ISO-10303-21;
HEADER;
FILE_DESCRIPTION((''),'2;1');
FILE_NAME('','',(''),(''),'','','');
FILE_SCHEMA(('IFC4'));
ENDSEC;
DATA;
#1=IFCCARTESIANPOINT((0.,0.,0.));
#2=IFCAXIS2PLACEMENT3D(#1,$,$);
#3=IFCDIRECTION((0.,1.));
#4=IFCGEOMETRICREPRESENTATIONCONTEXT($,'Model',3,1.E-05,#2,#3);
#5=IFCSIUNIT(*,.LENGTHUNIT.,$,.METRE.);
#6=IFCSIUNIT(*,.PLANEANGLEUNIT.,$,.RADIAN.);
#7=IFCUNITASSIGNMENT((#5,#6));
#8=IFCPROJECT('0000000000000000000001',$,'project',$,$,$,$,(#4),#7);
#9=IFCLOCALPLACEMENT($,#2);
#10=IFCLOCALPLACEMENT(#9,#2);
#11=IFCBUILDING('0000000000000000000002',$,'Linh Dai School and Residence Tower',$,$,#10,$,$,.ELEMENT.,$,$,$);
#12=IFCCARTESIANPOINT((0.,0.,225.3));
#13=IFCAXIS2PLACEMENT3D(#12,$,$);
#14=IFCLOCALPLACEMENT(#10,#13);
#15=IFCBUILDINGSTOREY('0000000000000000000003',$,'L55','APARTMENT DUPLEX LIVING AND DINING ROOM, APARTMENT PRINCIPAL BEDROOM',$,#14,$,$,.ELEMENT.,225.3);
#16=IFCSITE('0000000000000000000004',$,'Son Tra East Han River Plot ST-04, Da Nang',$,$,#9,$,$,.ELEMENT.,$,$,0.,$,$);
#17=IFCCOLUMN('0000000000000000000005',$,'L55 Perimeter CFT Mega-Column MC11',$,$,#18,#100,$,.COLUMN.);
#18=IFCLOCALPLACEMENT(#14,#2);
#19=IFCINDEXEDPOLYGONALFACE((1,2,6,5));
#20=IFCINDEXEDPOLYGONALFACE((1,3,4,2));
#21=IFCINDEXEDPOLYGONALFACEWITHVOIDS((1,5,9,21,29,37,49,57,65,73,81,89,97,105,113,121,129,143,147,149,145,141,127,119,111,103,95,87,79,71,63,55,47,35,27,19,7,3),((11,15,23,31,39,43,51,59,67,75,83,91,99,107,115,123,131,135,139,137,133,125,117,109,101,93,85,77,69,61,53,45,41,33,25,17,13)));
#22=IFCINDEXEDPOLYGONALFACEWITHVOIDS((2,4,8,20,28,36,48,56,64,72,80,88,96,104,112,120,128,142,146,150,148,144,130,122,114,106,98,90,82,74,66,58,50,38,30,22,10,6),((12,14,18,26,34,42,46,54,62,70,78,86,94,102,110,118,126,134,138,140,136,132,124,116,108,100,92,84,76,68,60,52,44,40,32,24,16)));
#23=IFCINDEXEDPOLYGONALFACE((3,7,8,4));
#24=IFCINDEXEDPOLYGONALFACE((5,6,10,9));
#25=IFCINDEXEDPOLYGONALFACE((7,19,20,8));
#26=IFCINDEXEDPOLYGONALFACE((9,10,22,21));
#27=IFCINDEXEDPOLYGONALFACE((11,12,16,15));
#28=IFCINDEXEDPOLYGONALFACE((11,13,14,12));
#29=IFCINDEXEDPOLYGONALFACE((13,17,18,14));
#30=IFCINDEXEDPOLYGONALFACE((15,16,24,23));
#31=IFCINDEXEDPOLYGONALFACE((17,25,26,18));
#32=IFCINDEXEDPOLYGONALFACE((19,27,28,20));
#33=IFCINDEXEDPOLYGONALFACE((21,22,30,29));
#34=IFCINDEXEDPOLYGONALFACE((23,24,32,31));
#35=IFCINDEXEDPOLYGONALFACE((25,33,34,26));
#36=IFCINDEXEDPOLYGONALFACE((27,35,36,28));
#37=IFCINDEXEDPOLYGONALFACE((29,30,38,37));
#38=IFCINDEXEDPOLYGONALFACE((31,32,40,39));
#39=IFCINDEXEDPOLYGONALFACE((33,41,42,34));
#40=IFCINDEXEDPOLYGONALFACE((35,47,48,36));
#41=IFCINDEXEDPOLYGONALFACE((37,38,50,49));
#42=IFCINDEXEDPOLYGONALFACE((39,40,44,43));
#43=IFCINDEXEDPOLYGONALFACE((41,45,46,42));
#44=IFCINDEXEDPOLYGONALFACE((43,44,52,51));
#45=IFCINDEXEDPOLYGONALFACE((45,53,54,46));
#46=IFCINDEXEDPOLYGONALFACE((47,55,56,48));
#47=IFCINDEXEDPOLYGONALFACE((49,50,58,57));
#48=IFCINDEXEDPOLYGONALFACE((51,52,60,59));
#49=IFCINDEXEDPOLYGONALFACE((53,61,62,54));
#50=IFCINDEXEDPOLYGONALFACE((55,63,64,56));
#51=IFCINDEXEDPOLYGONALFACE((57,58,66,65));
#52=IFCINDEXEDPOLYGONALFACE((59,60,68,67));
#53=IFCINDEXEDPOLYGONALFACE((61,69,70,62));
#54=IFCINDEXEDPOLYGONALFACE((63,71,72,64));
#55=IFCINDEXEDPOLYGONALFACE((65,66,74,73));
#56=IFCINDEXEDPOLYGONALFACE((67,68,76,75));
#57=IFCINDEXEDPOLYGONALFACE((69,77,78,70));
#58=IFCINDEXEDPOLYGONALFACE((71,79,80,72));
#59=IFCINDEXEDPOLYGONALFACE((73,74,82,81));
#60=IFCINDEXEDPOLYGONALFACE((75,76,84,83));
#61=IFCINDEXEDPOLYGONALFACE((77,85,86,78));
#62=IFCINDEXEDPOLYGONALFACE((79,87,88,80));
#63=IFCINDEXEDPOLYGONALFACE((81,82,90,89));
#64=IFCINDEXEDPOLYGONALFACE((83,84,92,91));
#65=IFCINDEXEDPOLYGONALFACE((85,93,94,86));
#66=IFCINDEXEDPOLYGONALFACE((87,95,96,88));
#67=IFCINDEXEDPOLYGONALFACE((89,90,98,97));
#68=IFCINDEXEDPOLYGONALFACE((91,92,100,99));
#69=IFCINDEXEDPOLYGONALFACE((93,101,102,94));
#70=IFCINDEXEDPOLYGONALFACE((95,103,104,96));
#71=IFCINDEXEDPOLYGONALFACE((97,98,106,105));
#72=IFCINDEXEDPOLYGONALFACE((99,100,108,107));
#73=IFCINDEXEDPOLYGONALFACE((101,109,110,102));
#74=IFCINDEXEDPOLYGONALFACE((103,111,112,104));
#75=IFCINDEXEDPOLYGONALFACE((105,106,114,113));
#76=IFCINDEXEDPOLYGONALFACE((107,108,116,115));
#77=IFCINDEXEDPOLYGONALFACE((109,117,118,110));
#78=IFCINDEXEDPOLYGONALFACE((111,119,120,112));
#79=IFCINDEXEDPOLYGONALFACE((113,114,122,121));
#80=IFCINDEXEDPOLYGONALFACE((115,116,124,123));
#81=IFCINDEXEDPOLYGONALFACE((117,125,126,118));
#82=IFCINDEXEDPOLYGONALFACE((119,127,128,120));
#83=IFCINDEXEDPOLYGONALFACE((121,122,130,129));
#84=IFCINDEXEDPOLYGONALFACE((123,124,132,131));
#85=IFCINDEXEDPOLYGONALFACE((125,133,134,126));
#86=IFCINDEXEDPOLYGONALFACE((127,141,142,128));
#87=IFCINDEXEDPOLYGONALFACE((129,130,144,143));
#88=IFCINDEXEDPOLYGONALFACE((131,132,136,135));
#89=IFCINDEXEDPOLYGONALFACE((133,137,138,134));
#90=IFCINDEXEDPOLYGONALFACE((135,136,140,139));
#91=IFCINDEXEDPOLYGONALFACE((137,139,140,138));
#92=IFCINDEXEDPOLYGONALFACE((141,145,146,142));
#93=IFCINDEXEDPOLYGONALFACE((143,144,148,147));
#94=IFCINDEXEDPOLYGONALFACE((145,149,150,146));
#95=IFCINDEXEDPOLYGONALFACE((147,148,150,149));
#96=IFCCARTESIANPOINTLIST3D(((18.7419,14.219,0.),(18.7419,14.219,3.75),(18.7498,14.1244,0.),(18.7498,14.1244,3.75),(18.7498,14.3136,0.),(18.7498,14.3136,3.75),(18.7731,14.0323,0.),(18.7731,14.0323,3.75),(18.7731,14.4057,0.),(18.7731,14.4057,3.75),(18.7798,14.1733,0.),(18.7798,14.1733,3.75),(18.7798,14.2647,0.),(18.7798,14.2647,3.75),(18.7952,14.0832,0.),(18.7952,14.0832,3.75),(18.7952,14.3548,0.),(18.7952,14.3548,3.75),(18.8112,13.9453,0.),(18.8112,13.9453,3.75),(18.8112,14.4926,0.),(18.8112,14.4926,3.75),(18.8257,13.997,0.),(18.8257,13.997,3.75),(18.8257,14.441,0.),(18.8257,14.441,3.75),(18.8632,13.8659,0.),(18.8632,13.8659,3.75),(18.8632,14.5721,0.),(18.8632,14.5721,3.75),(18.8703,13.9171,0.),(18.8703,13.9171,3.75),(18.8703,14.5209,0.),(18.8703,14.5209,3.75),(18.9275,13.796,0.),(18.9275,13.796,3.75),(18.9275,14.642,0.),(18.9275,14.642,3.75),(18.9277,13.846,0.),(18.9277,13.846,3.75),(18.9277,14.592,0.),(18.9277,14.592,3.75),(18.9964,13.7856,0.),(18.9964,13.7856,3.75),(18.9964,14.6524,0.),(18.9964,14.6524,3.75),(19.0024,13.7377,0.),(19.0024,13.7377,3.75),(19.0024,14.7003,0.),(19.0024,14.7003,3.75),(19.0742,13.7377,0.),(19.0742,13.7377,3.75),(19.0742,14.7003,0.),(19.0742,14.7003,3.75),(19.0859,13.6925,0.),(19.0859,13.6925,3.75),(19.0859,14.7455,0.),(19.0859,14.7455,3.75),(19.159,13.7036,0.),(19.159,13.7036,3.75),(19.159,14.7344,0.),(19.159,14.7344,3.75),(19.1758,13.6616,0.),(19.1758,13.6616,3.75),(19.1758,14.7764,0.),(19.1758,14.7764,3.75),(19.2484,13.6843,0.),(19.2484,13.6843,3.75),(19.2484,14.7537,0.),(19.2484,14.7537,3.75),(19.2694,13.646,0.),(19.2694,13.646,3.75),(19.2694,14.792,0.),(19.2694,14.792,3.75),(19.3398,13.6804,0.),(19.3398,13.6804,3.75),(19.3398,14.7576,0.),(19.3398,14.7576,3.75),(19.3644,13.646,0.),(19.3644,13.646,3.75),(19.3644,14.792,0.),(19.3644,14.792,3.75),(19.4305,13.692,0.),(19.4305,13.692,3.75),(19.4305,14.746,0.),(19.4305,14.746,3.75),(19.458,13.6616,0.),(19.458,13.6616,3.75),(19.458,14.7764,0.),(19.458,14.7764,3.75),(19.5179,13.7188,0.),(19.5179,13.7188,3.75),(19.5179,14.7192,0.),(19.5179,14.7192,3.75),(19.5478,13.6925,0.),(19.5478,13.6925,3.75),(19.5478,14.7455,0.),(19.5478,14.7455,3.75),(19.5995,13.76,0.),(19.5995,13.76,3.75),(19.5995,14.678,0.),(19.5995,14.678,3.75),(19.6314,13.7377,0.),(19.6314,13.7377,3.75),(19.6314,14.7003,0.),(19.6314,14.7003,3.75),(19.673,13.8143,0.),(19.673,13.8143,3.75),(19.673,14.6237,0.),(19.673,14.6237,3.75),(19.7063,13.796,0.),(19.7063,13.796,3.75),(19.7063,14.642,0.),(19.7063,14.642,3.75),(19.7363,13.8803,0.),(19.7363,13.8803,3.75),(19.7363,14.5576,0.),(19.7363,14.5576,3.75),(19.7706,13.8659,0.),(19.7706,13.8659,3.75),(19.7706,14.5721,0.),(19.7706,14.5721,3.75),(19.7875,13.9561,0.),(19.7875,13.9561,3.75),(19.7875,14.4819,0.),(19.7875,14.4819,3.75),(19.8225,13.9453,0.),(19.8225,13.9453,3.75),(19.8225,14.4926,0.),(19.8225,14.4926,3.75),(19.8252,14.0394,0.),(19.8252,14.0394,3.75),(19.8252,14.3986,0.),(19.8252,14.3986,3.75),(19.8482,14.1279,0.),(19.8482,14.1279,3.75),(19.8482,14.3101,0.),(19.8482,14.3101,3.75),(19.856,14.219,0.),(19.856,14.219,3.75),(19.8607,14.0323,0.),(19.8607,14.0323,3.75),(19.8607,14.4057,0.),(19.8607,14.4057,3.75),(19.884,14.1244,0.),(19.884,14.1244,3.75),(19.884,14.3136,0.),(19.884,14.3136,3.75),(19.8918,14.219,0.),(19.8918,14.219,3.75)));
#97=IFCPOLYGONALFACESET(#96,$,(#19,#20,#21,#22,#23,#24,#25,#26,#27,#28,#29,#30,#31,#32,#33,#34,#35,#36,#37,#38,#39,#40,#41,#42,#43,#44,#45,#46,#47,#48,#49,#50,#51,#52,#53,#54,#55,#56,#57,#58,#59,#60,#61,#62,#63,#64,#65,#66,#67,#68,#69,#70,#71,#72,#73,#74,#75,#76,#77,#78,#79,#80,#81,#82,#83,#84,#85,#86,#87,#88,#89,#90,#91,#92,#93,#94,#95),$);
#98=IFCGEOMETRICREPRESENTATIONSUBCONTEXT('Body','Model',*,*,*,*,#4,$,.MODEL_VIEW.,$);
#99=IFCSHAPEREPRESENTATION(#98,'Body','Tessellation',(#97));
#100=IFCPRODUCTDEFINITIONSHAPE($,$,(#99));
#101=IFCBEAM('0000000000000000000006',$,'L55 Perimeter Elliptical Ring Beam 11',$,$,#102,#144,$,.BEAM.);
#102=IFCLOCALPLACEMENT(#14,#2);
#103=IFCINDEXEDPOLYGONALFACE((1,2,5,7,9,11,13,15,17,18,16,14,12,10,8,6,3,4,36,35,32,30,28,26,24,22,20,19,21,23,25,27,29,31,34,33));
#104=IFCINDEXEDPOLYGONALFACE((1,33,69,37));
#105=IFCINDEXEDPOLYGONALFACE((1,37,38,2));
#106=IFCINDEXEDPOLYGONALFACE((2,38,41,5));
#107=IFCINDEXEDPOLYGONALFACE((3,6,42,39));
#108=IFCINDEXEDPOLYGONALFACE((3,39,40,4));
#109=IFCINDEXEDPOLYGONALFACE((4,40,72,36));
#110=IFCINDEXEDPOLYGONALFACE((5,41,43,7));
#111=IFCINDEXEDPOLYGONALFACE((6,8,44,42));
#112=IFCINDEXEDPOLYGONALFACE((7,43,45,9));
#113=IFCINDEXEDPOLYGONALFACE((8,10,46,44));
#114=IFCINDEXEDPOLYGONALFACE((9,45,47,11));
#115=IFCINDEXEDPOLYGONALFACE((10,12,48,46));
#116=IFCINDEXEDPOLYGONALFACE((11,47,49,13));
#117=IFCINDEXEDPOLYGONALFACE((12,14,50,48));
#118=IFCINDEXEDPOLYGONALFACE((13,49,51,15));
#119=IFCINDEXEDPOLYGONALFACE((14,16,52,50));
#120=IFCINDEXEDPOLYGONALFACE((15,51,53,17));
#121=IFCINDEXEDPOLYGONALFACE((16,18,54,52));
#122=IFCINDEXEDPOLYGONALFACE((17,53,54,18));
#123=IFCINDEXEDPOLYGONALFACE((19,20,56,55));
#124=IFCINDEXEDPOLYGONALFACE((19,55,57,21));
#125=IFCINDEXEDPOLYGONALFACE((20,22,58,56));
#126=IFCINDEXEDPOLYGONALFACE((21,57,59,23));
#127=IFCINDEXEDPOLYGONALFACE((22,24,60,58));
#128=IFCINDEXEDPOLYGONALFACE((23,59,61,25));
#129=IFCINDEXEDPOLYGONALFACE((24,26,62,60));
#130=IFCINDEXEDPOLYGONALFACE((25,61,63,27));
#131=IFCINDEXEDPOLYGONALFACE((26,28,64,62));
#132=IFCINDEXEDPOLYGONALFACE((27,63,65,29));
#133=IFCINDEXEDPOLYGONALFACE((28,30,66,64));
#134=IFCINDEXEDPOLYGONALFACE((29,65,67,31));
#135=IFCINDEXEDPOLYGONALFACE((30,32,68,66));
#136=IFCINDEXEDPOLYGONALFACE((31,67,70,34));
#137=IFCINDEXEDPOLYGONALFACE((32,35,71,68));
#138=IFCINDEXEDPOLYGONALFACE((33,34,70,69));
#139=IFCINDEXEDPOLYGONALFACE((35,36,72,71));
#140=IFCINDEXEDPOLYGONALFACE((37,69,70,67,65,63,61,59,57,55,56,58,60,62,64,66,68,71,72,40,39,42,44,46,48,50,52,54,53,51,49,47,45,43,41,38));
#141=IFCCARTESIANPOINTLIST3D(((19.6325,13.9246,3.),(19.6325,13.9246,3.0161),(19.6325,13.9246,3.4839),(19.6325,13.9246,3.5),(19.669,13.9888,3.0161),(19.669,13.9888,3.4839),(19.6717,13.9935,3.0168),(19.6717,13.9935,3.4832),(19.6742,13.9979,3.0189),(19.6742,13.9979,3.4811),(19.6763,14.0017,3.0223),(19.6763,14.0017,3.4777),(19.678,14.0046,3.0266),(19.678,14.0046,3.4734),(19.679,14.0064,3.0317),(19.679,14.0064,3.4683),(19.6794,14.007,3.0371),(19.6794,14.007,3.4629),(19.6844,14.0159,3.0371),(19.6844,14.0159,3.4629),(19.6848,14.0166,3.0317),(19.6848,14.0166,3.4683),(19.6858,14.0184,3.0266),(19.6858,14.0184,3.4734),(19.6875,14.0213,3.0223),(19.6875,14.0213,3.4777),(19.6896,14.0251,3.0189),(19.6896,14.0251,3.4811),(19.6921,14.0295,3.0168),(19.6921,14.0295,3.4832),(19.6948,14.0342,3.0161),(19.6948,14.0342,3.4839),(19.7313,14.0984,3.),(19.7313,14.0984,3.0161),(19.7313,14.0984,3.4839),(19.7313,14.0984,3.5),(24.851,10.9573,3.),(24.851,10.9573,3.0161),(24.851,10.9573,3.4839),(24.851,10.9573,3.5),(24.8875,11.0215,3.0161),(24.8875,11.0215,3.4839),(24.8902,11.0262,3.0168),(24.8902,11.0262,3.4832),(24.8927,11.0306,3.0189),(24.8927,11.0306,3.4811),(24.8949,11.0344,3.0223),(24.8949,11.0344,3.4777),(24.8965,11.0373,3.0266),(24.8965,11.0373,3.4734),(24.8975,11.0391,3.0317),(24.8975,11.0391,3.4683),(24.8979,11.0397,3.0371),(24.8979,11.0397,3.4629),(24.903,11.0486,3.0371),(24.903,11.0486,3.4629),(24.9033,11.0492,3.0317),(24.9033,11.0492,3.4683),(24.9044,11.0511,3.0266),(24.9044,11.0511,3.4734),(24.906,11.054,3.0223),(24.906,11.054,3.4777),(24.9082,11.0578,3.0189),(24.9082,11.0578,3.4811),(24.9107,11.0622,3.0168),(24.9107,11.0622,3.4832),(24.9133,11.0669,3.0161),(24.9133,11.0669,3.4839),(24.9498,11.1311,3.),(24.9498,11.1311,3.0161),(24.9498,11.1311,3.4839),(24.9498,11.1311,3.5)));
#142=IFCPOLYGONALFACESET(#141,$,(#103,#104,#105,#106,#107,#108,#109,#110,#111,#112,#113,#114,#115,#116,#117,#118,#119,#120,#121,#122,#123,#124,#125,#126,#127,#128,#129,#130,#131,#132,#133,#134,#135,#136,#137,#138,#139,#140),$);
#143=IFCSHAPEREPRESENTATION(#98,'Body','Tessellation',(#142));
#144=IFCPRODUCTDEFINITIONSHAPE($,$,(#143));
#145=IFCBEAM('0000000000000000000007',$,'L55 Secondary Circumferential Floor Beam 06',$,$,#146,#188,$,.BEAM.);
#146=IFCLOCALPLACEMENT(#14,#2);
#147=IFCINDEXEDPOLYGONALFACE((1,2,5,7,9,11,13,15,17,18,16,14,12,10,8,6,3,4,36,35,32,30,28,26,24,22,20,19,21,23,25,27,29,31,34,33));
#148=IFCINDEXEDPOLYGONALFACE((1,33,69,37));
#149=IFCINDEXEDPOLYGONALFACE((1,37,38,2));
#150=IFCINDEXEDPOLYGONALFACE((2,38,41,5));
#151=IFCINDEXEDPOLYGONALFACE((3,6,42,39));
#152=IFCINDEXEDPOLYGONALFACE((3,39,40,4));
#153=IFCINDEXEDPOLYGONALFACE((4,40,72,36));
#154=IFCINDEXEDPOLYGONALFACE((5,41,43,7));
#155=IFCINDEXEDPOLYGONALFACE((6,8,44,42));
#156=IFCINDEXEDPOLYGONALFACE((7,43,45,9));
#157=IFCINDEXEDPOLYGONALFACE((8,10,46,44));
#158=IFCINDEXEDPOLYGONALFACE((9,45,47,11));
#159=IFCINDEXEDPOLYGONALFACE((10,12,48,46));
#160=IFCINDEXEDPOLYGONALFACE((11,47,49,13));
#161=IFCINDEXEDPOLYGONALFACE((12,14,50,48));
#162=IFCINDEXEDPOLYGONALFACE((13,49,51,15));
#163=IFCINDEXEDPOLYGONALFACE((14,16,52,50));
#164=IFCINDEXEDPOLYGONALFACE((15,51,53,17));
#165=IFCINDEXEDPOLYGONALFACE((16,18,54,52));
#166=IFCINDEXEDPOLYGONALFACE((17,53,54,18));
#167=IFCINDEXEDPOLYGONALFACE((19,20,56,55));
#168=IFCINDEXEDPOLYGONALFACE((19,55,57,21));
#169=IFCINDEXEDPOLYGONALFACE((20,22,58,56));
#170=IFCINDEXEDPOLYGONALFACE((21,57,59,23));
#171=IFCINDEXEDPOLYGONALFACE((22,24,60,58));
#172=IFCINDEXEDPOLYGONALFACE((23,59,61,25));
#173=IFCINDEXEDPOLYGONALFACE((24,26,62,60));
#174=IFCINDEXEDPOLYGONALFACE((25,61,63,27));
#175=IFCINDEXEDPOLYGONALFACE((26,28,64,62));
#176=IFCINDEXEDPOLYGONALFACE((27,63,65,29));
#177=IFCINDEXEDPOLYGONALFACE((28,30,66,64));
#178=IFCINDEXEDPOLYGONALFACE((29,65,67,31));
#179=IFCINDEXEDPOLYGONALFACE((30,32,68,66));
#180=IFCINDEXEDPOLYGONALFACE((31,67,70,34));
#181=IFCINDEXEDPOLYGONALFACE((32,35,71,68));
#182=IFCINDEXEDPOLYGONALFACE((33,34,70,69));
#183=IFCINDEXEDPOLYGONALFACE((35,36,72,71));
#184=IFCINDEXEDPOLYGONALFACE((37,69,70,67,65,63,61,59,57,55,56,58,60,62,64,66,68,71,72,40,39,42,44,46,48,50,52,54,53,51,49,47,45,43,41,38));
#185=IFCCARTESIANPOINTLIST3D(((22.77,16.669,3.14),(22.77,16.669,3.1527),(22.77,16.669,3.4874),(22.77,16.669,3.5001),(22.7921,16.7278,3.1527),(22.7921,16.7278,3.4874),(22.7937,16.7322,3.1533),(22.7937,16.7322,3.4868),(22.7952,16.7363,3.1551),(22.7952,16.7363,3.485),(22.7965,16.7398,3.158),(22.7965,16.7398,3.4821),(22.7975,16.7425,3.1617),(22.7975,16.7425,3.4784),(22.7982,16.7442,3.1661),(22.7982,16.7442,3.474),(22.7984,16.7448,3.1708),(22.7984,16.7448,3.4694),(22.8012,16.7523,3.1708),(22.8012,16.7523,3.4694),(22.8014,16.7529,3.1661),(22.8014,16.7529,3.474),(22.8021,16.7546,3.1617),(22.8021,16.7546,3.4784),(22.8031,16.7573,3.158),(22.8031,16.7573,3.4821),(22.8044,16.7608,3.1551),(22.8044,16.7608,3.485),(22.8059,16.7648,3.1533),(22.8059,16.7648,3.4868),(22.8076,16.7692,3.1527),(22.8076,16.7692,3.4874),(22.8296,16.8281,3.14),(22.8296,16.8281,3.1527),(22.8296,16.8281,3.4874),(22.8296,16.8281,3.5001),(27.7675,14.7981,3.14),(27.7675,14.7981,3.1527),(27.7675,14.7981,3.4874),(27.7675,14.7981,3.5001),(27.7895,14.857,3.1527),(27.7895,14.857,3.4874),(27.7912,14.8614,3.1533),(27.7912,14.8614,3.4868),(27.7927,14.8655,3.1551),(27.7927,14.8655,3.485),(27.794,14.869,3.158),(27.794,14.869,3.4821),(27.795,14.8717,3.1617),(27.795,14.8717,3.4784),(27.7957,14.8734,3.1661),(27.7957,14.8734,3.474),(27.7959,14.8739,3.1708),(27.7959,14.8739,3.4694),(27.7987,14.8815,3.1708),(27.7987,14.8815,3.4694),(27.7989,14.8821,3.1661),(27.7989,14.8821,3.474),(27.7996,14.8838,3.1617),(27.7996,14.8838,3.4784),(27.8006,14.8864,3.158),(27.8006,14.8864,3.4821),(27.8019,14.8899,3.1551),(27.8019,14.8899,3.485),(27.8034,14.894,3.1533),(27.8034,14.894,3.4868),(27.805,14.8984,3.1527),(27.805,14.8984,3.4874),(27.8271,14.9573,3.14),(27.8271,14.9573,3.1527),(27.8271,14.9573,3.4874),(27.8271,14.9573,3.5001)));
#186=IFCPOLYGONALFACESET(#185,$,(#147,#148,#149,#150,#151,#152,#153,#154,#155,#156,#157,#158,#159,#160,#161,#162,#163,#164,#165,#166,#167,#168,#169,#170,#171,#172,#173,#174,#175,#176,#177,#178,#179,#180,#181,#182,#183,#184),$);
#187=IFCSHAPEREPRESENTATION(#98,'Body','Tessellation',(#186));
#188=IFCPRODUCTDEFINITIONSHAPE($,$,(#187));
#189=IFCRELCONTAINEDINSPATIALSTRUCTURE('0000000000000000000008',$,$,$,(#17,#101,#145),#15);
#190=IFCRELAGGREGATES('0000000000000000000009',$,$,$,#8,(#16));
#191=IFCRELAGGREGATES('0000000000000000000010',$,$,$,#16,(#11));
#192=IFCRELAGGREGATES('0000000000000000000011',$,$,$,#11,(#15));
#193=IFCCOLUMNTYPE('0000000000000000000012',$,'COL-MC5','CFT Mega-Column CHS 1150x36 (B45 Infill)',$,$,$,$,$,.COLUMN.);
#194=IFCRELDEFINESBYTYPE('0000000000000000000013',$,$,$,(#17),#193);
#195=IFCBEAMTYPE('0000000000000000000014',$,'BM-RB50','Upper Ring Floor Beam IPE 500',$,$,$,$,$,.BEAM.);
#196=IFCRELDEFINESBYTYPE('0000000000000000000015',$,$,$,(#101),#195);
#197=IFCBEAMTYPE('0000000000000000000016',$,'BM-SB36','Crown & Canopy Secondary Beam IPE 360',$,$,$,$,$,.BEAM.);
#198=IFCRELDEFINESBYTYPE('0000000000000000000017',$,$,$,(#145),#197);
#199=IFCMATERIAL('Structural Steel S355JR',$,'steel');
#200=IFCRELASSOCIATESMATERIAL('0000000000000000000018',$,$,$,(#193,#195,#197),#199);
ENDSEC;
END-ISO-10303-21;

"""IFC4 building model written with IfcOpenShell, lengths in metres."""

from ifc_helpers import new_model, si_unit, direction, frame, origin, origin_2d, place, context, subcontext, project, spatial, hollow_circle, i_section, extrude, material, material_profile, profile_set, type_object, element, save


model = new_model("IFC4")

# Units and contexts
model_context = context("Model", 3, precision=1e-05, world=origin(), true_north=direction((0.0, 1.0)))
body_context = subcontext(model_context, "Body", "Model", "MODEL_VIEW")
ifc_project = project(units=[si_unit("LENGTHUNIT", "METRE"), si_unit("PLANEANGLEUNIT", "RADIAN")], contexts=[model_context])

# Site, building, storey
site_placement = place(None, origin())
site = spatial("IfcSite", under=ifc_project, at=site_placement, Name="Son Tra East Han River Plot ST-04, Da Nang", CompositionType="ELEMENT", RefElevation=0.0)
building_placement = place(site_placement, origin())
building = spatial("IfcBuilding", under=site, at=building_placement, Name="Linh Dai School and Residence Tower", CompositionType="ELEMENT")
storey_placement = place(building_placement, frame((0.0, 0.0, 225.3)))
storey = spatial("IfcBuildingStorey", under=building, at=storey_placement, Name="L55", Description="APARTMENT DUPLEX LIVING AND DINING ROOM, APARTMENT PRINCIPAL BEDROOM", CompositionType="ELEMENT", Elevation=225.3)

# Column
ifc_material_1 = material(Name="Structural Steel S355JR", Category="steel")
ifc_material_profile_1 = material_profile(ifc_material_1, hollow_circle(Radius=0.575, WallThickness=0.0359, at=origin_2d()), Name="CHS 1150x36")
ifc_profile_set_1 = profile_set([ifc_material_profile_1], Name="Structural Steel S355JR")
column_type = type_object("IfcColumnType", Name="COL-MC5", Description="CFT Mega-Column CHS 1150x36 (B45 Infill)", PredefinedType="COLUMN", material=ifc_profile_set_1)
column_placement = place(storey_placement, frame((19.3169, 14.219, 0.0), z_axis=(0.0, 0.0, 1.0), x_axis=(1.0, 0.0, 0.0)))
element("IfcColumn", 1, at=column_placement, inside=storey, type_object=column_type, Name="L55 Perimeter CFT Mega-Column MC11", PredefinedType="COLUMN", context=body_context, shape_type="SweptSolid", body=[
    extrude(hollow_circle(Radius=0.575, WallThickness=0.0359, at=origin_2d()), origin(), (0.0, 0.0, 1.0), 3.75),
])

# Beams
ifc_material_profile_2 = material_profile(ifc_material_1, i_section(OverallWidth=0.2, OverallDepth=0.5, WebThickness=0.0103, FlangeThickness=0.0161, FilletRadius=0.021, at=origin_2d()), Name="IPE 500")
ifc_profile_set_2 = profile_set([ifc_material_profile_2], Name="Structural Steel S355JR")
beam_type_1 = type_object("IfcBeamType", Name="BM-RB50", Description="Upper Ring Floor Beam IPE 500", PredefinedType="BEAM", material=ifc_profile_set_2)
beam_1_placement = place(storey_placement, frame((19.6819, 14.0115, 3.25), z_axis=(0.869297, -0.49429, 0.0), x_axis=(0.49429, 0.869297, 0.0)))
element("IfcBeam", 2, at=beam_1_placement, inside=storey, type_object=beam_type_1, Name="L55 Perimeter Elliptical Ring Beam 11", PredefinedType="BEAM", context=body_context, shape_type="SweptSolid", body=[
    extrude(i_section(OverallWidth=0.2, OverallDepth=0.5, WebThickness=0.0103, FlangeThickness=0.0161, FilletRadius=0.021, at=origin_2d()), origin(), (0.0, 0.0, 1.0), 6.0032),
])
ifc_material_profile_3 = material_profile(ifc_material_1, i_section(OverallWidth=0.1699, OverallDepth=0.3601, WebThickness=0.0081, FlangeThickness=0.0127, FilletRadius=0.0181, at=origin_2d()), Name="IPE 360")
ifc_profile_set_3 = profile_set([ifc_material_profile_3], Name="Structural Steel S355JR")
beam_type_2 = type_object("IfcBeamType", Name="BM-SB36", Description="Crown & Canopy Secondary Beam IPE 360", PredefinedType="BEAM", material=ifc_profile_set_3)
beam_2_placement = place(storey_placement, frame((22.7998, 16.7485, 3.3201), z_axis=(0.936528, -0.350592, 0.0), x_axis=(0.350592, 0.936528, 0.0)))
element("IfcBeam", 3, at=beam_2_placement, inside=storey, type_object=beam_type_2, Name="L55 Secondary Circumferential Floor Beam 06", PredefinedType="BEAM", context=body_context, shape_type="SweptSolid", body=[
    extrude(i_section(OverallWidth=0.1699, OverallDepth=0.3601, WebThickness=0.0081, FlangeThickness=0.0127, FilletRadius=0.0181, at=origin_2d()), origin(), (0.0, 0.0, 1.0), 5.3362),
])

save(model, "model.ifc")
